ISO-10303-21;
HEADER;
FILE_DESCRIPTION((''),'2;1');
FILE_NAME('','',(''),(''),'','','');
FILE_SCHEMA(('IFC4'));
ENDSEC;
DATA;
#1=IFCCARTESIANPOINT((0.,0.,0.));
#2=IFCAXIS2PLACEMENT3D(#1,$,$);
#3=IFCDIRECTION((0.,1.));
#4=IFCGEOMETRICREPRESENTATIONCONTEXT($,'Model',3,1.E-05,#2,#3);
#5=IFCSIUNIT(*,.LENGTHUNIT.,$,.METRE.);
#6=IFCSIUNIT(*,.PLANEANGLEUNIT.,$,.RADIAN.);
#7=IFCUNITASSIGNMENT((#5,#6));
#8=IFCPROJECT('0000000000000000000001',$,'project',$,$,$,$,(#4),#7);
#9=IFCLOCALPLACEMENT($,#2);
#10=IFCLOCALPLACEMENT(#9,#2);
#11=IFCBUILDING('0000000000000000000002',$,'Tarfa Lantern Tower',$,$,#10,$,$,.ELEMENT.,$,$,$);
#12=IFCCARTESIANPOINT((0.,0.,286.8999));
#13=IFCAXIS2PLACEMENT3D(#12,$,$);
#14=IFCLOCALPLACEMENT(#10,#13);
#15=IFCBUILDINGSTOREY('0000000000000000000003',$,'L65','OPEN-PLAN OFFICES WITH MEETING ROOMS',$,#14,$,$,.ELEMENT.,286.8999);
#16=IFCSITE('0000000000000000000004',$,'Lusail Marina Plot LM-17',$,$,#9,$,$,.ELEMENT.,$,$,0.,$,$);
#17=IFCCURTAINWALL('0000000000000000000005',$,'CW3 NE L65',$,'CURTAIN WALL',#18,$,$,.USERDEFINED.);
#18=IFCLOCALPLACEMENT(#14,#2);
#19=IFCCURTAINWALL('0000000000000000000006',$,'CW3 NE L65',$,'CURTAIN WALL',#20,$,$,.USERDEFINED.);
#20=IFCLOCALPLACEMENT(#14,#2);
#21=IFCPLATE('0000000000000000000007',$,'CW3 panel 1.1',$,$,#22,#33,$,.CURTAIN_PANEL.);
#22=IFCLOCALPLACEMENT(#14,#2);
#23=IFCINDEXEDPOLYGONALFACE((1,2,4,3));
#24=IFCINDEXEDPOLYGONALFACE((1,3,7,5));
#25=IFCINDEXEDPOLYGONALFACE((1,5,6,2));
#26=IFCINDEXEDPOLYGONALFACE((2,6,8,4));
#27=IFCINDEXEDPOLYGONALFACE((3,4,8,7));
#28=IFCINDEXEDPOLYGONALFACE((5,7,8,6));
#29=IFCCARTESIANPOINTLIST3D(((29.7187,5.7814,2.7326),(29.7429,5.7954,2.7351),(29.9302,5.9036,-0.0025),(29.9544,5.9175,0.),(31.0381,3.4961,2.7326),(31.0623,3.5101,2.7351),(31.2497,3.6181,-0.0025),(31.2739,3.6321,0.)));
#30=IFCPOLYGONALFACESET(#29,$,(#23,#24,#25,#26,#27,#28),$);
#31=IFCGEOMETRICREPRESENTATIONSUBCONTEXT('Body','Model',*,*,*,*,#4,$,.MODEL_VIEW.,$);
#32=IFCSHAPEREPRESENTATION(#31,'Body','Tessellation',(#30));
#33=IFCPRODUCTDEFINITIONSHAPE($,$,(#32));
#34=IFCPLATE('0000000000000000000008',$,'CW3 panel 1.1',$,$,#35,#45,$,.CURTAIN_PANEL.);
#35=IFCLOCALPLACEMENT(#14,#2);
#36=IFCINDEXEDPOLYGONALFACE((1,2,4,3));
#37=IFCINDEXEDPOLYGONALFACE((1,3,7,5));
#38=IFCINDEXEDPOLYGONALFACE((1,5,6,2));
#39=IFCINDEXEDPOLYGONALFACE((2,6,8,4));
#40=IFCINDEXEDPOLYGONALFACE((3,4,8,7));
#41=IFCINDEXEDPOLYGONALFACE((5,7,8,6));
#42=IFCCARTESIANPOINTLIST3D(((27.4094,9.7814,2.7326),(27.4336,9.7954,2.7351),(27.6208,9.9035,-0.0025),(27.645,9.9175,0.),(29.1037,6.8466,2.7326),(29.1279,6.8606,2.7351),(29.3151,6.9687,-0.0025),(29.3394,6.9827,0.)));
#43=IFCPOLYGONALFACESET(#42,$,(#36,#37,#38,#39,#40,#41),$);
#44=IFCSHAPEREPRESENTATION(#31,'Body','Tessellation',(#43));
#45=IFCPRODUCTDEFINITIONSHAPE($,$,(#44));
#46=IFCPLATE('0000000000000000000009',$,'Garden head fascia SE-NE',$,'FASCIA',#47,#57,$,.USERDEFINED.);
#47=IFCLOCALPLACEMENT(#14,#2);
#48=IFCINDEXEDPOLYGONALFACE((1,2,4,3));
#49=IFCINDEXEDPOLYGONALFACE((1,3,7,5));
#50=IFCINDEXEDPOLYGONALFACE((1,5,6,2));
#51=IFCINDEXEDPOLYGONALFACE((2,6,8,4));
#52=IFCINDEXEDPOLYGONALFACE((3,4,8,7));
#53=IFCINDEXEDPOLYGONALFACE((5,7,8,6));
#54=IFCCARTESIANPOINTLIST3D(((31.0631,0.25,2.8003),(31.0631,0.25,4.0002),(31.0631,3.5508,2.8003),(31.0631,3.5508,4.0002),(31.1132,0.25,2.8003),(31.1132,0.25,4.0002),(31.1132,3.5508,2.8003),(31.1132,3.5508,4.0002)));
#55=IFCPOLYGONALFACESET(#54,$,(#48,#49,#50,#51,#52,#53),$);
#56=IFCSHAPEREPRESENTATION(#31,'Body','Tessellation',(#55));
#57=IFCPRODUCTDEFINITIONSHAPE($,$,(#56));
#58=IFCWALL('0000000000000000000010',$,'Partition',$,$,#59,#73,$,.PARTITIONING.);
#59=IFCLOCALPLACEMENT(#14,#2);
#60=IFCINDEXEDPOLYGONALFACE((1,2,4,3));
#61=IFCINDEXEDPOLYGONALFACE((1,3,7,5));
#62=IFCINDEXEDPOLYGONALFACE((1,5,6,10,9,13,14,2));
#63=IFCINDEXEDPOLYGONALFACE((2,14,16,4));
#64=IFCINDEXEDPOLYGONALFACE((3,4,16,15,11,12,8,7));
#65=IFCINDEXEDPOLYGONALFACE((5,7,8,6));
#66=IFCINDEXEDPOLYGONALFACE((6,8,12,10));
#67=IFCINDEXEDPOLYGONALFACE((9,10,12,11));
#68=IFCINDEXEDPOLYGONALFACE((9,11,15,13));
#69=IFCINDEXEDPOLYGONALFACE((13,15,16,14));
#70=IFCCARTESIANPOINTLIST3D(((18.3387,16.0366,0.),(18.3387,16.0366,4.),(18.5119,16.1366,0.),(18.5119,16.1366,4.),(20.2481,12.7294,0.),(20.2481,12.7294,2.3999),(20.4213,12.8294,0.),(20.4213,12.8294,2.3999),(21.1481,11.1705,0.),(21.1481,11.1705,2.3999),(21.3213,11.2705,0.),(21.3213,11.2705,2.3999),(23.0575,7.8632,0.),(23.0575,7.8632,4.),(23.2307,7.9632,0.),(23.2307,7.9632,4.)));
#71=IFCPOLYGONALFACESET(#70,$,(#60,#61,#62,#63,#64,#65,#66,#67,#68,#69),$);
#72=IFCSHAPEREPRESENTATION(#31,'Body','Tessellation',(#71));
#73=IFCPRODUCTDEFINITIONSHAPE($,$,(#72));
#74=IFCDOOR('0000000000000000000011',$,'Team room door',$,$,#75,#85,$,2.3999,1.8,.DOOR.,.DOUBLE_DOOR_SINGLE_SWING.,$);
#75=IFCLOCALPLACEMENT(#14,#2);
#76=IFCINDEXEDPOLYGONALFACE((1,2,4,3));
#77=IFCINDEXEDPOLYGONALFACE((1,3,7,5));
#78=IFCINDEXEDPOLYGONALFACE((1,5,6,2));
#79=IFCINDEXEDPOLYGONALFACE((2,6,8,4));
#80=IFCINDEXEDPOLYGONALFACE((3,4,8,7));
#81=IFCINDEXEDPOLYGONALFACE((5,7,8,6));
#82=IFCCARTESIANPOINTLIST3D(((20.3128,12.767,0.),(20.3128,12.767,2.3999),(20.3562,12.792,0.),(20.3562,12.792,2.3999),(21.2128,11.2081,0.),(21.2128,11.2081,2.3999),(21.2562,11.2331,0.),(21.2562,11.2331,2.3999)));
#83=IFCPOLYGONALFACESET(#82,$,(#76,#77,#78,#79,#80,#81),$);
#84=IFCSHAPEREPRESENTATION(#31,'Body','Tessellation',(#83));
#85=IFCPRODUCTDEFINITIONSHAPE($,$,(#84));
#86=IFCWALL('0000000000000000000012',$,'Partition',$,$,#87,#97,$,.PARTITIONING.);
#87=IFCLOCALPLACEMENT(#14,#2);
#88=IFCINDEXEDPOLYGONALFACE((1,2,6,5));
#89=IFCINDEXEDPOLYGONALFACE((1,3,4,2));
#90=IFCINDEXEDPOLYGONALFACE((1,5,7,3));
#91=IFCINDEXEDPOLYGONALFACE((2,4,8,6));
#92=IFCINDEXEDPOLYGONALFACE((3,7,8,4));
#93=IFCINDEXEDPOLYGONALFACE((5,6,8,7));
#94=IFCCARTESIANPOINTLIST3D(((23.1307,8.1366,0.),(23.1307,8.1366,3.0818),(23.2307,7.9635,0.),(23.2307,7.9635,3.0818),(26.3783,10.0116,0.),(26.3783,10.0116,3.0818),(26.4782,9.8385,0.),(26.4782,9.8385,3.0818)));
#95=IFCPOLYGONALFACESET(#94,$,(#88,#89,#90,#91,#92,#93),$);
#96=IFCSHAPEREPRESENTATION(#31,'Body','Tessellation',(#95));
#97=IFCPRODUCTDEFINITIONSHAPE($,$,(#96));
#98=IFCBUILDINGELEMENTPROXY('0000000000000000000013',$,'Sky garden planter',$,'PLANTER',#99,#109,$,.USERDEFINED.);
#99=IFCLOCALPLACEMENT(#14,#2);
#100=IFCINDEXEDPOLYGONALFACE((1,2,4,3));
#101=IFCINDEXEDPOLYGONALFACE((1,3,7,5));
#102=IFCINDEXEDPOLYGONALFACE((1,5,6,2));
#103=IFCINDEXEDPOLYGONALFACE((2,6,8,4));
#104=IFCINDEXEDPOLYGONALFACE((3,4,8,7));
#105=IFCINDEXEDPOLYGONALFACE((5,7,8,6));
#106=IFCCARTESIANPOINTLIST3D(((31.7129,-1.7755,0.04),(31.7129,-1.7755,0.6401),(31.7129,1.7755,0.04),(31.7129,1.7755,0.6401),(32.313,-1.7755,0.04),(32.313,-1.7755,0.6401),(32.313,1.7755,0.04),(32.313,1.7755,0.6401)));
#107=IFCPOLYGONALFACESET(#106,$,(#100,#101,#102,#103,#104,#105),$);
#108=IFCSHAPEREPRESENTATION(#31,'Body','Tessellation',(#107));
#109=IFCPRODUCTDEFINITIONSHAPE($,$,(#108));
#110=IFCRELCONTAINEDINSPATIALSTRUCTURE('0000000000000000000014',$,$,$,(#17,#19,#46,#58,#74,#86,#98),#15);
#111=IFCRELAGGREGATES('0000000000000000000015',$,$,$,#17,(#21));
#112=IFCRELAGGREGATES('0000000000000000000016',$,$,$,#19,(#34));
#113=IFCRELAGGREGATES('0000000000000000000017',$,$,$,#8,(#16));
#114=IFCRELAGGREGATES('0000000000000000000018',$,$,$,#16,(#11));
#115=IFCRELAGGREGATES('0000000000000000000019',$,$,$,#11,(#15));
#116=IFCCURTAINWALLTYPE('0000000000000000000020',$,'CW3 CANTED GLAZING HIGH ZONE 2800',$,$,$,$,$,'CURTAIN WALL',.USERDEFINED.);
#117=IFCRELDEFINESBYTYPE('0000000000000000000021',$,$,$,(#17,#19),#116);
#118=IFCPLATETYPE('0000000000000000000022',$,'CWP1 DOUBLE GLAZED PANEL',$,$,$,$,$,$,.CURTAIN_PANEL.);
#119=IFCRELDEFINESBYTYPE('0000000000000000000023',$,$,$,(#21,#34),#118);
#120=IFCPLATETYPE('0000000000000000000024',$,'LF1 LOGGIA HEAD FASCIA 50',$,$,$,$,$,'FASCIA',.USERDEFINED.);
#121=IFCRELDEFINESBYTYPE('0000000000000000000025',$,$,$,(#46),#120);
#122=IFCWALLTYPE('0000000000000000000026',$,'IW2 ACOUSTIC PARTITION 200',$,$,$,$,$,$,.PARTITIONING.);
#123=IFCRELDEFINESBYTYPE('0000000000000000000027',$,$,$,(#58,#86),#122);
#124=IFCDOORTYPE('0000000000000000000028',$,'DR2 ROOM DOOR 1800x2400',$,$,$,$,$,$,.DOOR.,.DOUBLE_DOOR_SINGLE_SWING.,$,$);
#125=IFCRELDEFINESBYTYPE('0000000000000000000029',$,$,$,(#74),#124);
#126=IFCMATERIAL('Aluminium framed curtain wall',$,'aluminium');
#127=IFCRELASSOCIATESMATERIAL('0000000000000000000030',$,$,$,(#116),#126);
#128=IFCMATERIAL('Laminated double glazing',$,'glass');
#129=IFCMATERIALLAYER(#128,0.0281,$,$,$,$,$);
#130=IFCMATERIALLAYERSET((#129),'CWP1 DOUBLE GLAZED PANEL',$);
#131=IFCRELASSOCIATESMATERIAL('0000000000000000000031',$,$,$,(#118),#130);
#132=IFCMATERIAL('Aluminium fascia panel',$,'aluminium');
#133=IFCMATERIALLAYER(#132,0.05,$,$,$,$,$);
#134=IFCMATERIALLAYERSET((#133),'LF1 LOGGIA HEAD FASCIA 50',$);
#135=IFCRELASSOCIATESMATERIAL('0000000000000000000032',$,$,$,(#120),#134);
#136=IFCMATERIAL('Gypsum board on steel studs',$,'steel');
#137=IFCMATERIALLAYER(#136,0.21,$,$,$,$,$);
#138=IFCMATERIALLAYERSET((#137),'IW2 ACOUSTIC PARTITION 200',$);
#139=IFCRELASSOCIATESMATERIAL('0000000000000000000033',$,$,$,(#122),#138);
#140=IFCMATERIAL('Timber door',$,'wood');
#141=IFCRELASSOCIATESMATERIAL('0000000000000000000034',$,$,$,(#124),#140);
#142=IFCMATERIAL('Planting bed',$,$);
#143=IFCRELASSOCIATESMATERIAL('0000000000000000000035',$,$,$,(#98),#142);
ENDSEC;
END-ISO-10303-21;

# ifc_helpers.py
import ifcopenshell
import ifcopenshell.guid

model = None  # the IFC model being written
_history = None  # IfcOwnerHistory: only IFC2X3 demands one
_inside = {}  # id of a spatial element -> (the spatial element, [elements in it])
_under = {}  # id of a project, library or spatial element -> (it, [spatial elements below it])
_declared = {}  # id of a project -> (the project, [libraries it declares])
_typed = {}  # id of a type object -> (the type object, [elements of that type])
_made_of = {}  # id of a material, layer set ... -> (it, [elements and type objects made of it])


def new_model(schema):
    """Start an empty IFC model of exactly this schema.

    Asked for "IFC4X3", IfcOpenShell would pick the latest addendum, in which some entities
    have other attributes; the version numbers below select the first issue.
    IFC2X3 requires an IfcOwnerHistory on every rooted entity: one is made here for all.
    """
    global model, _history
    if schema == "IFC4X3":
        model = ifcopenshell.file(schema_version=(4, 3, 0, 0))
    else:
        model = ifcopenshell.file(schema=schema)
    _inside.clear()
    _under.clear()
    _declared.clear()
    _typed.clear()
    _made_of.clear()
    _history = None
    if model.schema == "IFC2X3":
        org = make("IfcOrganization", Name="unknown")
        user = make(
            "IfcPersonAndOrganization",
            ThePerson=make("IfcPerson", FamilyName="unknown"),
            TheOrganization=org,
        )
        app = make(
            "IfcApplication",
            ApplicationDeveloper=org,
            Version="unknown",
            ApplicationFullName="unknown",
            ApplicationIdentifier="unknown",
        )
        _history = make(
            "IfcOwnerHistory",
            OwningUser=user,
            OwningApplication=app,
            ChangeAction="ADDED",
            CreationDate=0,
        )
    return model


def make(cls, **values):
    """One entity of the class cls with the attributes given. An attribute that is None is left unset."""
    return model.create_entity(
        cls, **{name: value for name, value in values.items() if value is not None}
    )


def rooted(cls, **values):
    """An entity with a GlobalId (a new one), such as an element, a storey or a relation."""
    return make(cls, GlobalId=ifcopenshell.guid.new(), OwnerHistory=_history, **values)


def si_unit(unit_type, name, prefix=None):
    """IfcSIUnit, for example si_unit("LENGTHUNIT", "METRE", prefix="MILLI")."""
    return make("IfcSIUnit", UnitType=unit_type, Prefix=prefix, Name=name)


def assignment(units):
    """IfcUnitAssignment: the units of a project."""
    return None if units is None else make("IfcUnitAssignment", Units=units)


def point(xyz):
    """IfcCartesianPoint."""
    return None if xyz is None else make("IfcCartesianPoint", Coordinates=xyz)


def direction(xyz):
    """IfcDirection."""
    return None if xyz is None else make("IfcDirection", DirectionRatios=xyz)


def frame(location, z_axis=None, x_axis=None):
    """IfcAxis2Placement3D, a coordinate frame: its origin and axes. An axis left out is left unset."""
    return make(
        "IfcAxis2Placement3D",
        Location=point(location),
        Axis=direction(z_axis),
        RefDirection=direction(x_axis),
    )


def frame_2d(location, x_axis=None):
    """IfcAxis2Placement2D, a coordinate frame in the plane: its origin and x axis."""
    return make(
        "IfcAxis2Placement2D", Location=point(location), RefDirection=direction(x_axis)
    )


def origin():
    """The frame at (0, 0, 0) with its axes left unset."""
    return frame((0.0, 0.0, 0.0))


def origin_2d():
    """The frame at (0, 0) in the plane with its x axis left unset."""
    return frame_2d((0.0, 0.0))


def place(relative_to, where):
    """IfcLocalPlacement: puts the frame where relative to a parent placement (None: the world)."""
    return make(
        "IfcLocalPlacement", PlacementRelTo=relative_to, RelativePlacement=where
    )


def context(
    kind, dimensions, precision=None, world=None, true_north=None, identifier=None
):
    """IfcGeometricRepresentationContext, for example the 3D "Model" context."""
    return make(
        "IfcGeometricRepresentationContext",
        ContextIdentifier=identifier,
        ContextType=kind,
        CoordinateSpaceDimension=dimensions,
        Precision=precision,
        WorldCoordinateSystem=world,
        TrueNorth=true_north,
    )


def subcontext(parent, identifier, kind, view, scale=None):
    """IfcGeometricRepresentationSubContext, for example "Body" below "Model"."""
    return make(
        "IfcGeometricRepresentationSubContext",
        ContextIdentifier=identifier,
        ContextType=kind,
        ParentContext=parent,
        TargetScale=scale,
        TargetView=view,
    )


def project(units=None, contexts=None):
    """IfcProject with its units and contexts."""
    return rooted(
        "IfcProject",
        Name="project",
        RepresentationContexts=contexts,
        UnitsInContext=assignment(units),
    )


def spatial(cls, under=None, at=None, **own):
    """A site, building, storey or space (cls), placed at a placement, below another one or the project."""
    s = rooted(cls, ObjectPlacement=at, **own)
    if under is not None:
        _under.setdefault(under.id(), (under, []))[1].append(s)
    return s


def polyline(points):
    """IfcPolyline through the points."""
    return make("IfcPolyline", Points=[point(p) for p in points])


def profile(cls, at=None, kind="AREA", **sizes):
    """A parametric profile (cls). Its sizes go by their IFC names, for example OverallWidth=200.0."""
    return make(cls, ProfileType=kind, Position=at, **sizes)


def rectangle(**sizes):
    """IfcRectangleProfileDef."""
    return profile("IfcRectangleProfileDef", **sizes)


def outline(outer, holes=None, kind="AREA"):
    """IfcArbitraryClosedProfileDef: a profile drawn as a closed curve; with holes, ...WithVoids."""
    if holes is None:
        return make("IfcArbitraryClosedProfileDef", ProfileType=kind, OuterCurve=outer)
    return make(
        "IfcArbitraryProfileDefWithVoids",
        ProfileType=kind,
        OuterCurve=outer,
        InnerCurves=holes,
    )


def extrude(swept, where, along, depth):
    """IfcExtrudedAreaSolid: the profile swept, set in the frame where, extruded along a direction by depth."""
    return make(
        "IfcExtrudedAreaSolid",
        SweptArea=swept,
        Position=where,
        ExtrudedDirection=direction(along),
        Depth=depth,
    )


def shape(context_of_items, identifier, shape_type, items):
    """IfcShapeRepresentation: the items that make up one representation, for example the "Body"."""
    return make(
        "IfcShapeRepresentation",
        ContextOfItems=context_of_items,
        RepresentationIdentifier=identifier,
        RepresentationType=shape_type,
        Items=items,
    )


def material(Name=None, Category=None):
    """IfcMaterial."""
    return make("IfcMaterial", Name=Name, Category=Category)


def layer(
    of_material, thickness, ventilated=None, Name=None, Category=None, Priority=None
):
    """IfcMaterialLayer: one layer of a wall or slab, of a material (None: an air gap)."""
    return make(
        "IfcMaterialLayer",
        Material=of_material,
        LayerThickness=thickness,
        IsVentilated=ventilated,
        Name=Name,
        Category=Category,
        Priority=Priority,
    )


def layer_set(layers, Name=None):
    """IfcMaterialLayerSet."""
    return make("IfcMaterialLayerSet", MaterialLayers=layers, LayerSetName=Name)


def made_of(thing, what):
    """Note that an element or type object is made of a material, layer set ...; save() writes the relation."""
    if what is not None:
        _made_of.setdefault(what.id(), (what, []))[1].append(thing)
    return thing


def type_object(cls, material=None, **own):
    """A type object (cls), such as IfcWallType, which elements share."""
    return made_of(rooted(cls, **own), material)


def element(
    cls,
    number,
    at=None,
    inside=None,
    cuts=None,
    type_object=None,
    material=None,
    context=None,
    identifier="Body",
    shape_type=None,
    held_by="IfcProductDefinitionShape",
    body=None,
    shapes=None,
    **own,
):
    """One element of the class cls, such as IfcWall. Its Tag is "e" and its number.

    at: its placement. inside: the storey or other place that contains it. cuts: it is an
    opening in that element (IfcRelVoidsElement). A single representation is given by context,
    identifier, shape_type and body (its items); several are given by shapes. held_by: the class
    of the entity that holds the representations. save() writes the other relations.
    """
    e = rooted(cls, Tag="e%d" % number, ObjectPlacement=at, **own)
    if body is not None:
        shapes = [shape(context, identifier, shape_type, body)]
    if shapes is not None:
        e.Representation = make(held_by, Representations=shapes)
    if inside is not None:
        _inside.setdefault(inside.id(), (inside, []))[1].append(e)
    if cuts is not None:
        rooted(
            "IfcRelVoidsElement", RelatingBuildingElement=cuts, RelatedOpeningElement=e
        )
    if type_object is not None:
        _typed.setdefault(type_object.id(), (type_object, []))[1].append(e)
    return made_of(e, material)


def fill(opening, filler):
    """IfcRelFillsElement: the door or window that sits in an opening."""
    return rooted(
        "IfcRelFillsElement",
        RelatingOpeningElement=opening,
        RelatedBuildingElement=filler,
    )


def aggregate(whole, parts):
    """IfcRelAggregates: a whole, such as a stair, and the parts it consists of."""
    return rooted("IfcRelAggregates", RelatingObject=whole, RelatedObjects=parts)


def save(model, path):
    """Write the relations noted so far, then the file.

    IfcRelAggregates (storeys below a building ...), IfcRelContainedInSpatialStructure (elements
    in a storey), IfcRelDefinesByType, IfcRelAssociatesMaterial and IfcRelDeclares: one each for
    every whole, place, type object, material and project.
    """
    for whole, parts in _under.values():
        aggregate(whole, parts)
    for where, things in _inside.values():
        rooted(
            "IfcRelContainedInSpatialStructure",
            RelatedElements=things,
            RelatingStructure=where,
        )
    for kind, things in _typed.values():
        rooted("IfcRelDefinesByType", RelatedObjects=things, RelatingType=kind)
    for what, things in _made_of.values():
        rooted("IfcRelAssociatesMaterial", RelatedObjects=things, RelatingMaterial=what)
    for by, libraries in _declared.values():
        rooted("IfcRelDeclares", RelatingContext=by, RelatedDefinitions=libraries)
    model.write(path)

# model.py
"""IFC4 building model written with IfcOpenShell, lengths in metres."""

from ifc_helpers import new_model, si_unit, direction, frame, frame_2d, origin, origin_2d, place, context, subcontext, project, spatial, polyline, rectangle, outline, extrude, material, layer, layer_set, type_object, element, fill, aggregate, save


model = new_model("IFC4")

# Units and contexts
model_context = context("Model", 3, precision=1e-05, world=origin(), true_north=direction((0.0, 1.0)))
body_context = subcontext(model_context, "Body", "Model", "MODEL_VIEW")
ifc_project = project(units=[si_unit("LENGTHUNIT", "METRE"), si_unit("PLANEANGLEUNIT", "RADIAN")], contexts=[model_context])

# Site, building, storey
site_placement = place(None, origin())
site = spatial("IfcSite", under=ifc_project, at=site_placement, Name="Lusail Marina Plot LM-17", CompositionType="ELEMENT", RefElevation=0.0)
building_placement = place(site_placement, origin())
building = spatial("IfcBuilding", under=site, at=building_placement, Name="Tarfa Lantern Tower", CompositionType="ELEMENT")
storey_placement = place(building_placement, frame((0.0, 0.0, 286.8999)))
storey = spatial("IfcBuildingStorey", under=building, at=storey_placement, Name="L65", Description="OPEN-PLAN OFFICES WITH MEETING ROOMS", CompositionType="ELEMENT", Elevation=286.8999)

# Curtain walls
ifc_material_1 = material(Name="Aluminium framed curtain wall", Category="aluminium")
curtain_wall_type = type_object("IfcCurtainWallType", Name="CW3 CANTED GLAZING HIGH ZONE 2800", ElementType="CURTAIN WALL", PredefinedType="USERDEFINED", material=ifc_material_1)
curtain_wall_1_placement = place(storey_placement, origin())
curtain_wall_1 = element("IfcCurtainWall", 1, at=curtain_wall_1_placement, inside=storey, type_object=curtain_wall_type, Name="CW3 NE L65", ObjectType="CURTAIN WALL", PredefinedType="USERDEFINED")
curtain_wall_2_placement = place(storey_placement, origin())
curtain_wall_2 = element("IfcCurtainWall", 2, at=curtain_wall_2_placement, inside=storey, type_object=curtain_wall_type, Name="CW3 NE L65", ObjectType="CURTAIN WALL", PredefinedType="USERDEFINED")

# Plates
ifc_material_2 = material(Name="Laminated double glazing", Category="glass")
ifc_layer_1 = layer(ifc_material_2, 0.0281)
ifc_layer_set_1 = layer_set([ifc_layer_1], Name="CWP1 DOUBLE GLAZED PANEL")
plate_type_1 = type_object("IfcPlateType", Name="CWP1 DOUBLE GLAZED PANEL", PredefinedType="CURTAIN_PANEL", material=ifc_layer_set_1)
plate_1_placement = place(storey_placement, frame((31.2739, 3.6321, 0.0), z_axis=(0.862596, 0.498013, 0.088945), x_axis=(-0.499995, 0.866028, 0.000004)))
plate_1 = element("IfcPlate", 3, at=plate_1_placement, type_object=plate_type_1, Name="CW3 panel 1.1", PredefinedType="CURTAIN_PANEL", context=body_context, shape_type="SweptSolid", body=[
    extrude(outline(polyline([(0.0, 0.0), (2.639, 0.0), (2.639, 2.746), (0.0001, 2.746), (0.0, 0.0)])), origin(), (0.0, 0.0, -1.0), 0.0281),
])
aggregate(curtain_wall_1, [plate_1])
plate_2_placement = place(storey_placement, frame((29.3394, 6.9827, 0.0), z_axis=(0.862606, 0.498002, 0.088906), x_axis=(-0.499982, 0.866036, 0.0)))
plate_2 = element("IfcPlate", 4, at=plate_2_placement, type_object=plate_type_1, Name="CW3 panel 1.1", PredefinedType="CURTAIN_PANEL", context=body_context, shape_type="SweptSolid", body=[
    extrude(outline(polyline([(0.0, 0.0), (3.3888, 0.0), (3.3888, 2.746), (0.0, 2.746), (0.0, 0.0)])), origin(), (0.0, 0.0, -1.0), 0.0281),
])
aggregate(curtain_wall_2, [plate_2])
ifc_material_3 = material(Name="Aluminium fascia panel", Category="aluminium")
ifc_layer_2 = layer(ifc_material_3, 0.05)
ifc_layer_set_2 = layer_set([ifc_layer_2], Name="LF1 LOGGIA HEAD FASCIA 50")
plate_type_2 = type_object("IfcPlateType", Name="LF1 LOGGIA HEAD FASCIA 50", ElementType="FASCIA", PredefinedType="USERDEFINED", material=ifc_layer_set_2)
plate_3_placement = place(storey_placement, frame((31.0881, 1.9004, 2.8003), z_axis=(0.0, 0.0, 1.0), x_axis=(0.0, 1.0, 0.0)))
element("IfcPlate", 5, at=plate_3_placement, inside=storey, type_object=plate_type_2, Name="Garden head fascia SE-NE", ObjectType="FASCIA", PredefinedType="USERDEFINED", context=body_context, shape_type="SweptSolid", body=[
    extrude(rectangle(XDim=3.3008, YDim=0.05, at=origin_2d()), origin(), (0.0, 0.0, 1.0), 1.2),
])

# Wall, opening, door
ifc_material_4 = material(Name="Gypsum board on steel studs", Category="steel")
ifc_layer_3 = layer(ifc_material_4, 0.21)
ifc_layer_set_3 = layer_set([ifc_layer_3], Name="IW2 ACOUSTIC PARTITION 200")
wall_type = type_object("IfcWallType", Name="IW2 ACOUSTIC PARTITION 200", PredefinedType="PARTITIONING", material=ifc_layer_set_3)
wall_1_placement = place(storey_placement, frame((23.144, 7.9133, 0.0), z_axis=(0.0, 0.0, 1.0), x_axis=(-0.49999, 0.866031, 0.0)))
wall_1 = element("IfcWall", 6, at=wall_1_placement, inside=storey, type_object=wall_type, Name="Partition", PredefinedType="PARTITIONING", context=body_context, shape_type="SweptSolid", body=[
    extrude(rectangle(XDim=9.4377, YDim=0.2, at=frame_2d((4.7188, 0.0))), origin(), (0.0, 0.0, 1.0), 4.0),
])
opening_placement = place(wall_1_placement, frame((3.8188, 0.0, 0.0)))
opening = element("IfcOpeningElement", 7, at=opening_placement, cuts=wall_1, PredefinedType="OPENING", context=body_context, shape_type="SweptSolid", body=[
    extrude(rectangle(XDim=1.8, YDim=2.3999, at=frame_2d((0.8999, 1.2))), frame((0.0, 0.1099, 0.0), z_axis=(0.0, -1.0, 0.0), x_axis=(1.0, 0.0, 0.0)), (0.0, 0.0, 1.0), 0.22),
])
ifc_material_5 = material(Name="Timber door", Category="wood")
door_type = type_object("IfcDoorType", Name="DR2 ROOM DOOR 1800x2400", OperationType="DOUBLE_DOOR_SINGLE_SWING", PredefinedType="DOOR", material=ifc_material_5)
door_placement = place(opening_placement, frame((1.8, 0.0, 0.0), z_axis=(0.0, 0.0, 1.0), x_axis=(-1.0, 0.0, 0.0)))
door = element("IfcDoor", 8, at=door_placement, inside=storey, type_object=door_type, Name="Team room door", OperationType="DOUBLE_DOOR_SINGLE_SWING", OverallHeight=2.3999, OverallWidth=1.8, PredefinedType="DOOR", context=body_context, shape_type="SweptSolid", body=[
    extrude(rectangle(XDim=1.8, YDim=2.3999, at=frame_2d((0.8999, 1.2))), frame((0.0, 0.0249, 0.0), z_axis=(0.0, -1.0, 0.0), x_axis=(1.0, 0.0, 0.0)), (0.0, 0.0, 1.0), 0.05),
])
fill(opening, door)

# Wall
wall_2_placement = place(storey_placement, frame((23.1807, 8.05, 0.0), z_axis=(0.0, 0.0, 1.0), x_axis=(0.866023, 0.500004, 0.0)))
element("IfcWall", 9, at=wall_2_placement, inside=storey, type_object=wall_type, Name="Partition", PredefinedType="PARTITIONING", context=body_context, shape_type="SweptSolid", body=[
    extrude(rectangle(XDim=3.75, YDim=0.2, at=frame_2d((1.875, 0.0))), origin(), (0.0, 0.0, 1.0), 3.0818),
])

# Building element proxy
ifc_material_6 = material(Name="Planting bed")
proxy_placement = place(storey_placement, frame((32.0129, 0.0, 0.04), z_axis=(0.0, 0.0, 1.0), x_axis=(0.0, 1.0, 0.0)))
element("IfcBuildingElementProxy", 10, at=proxy_placement, inside=storey, material=ifc_material_6, Name="Sky garden planter", ObjectType="PLANTER", PredefinedType="USERDEFINED", context=body_context, shape_type="SweptSolid", body=[
    extrude(rectangle(XDim=3.551, YDim=0.6001, at=origin_2d()), origin(), (0.0, 0.0, 1.0), 0.6001),
])

save(model, "model.ifc")
